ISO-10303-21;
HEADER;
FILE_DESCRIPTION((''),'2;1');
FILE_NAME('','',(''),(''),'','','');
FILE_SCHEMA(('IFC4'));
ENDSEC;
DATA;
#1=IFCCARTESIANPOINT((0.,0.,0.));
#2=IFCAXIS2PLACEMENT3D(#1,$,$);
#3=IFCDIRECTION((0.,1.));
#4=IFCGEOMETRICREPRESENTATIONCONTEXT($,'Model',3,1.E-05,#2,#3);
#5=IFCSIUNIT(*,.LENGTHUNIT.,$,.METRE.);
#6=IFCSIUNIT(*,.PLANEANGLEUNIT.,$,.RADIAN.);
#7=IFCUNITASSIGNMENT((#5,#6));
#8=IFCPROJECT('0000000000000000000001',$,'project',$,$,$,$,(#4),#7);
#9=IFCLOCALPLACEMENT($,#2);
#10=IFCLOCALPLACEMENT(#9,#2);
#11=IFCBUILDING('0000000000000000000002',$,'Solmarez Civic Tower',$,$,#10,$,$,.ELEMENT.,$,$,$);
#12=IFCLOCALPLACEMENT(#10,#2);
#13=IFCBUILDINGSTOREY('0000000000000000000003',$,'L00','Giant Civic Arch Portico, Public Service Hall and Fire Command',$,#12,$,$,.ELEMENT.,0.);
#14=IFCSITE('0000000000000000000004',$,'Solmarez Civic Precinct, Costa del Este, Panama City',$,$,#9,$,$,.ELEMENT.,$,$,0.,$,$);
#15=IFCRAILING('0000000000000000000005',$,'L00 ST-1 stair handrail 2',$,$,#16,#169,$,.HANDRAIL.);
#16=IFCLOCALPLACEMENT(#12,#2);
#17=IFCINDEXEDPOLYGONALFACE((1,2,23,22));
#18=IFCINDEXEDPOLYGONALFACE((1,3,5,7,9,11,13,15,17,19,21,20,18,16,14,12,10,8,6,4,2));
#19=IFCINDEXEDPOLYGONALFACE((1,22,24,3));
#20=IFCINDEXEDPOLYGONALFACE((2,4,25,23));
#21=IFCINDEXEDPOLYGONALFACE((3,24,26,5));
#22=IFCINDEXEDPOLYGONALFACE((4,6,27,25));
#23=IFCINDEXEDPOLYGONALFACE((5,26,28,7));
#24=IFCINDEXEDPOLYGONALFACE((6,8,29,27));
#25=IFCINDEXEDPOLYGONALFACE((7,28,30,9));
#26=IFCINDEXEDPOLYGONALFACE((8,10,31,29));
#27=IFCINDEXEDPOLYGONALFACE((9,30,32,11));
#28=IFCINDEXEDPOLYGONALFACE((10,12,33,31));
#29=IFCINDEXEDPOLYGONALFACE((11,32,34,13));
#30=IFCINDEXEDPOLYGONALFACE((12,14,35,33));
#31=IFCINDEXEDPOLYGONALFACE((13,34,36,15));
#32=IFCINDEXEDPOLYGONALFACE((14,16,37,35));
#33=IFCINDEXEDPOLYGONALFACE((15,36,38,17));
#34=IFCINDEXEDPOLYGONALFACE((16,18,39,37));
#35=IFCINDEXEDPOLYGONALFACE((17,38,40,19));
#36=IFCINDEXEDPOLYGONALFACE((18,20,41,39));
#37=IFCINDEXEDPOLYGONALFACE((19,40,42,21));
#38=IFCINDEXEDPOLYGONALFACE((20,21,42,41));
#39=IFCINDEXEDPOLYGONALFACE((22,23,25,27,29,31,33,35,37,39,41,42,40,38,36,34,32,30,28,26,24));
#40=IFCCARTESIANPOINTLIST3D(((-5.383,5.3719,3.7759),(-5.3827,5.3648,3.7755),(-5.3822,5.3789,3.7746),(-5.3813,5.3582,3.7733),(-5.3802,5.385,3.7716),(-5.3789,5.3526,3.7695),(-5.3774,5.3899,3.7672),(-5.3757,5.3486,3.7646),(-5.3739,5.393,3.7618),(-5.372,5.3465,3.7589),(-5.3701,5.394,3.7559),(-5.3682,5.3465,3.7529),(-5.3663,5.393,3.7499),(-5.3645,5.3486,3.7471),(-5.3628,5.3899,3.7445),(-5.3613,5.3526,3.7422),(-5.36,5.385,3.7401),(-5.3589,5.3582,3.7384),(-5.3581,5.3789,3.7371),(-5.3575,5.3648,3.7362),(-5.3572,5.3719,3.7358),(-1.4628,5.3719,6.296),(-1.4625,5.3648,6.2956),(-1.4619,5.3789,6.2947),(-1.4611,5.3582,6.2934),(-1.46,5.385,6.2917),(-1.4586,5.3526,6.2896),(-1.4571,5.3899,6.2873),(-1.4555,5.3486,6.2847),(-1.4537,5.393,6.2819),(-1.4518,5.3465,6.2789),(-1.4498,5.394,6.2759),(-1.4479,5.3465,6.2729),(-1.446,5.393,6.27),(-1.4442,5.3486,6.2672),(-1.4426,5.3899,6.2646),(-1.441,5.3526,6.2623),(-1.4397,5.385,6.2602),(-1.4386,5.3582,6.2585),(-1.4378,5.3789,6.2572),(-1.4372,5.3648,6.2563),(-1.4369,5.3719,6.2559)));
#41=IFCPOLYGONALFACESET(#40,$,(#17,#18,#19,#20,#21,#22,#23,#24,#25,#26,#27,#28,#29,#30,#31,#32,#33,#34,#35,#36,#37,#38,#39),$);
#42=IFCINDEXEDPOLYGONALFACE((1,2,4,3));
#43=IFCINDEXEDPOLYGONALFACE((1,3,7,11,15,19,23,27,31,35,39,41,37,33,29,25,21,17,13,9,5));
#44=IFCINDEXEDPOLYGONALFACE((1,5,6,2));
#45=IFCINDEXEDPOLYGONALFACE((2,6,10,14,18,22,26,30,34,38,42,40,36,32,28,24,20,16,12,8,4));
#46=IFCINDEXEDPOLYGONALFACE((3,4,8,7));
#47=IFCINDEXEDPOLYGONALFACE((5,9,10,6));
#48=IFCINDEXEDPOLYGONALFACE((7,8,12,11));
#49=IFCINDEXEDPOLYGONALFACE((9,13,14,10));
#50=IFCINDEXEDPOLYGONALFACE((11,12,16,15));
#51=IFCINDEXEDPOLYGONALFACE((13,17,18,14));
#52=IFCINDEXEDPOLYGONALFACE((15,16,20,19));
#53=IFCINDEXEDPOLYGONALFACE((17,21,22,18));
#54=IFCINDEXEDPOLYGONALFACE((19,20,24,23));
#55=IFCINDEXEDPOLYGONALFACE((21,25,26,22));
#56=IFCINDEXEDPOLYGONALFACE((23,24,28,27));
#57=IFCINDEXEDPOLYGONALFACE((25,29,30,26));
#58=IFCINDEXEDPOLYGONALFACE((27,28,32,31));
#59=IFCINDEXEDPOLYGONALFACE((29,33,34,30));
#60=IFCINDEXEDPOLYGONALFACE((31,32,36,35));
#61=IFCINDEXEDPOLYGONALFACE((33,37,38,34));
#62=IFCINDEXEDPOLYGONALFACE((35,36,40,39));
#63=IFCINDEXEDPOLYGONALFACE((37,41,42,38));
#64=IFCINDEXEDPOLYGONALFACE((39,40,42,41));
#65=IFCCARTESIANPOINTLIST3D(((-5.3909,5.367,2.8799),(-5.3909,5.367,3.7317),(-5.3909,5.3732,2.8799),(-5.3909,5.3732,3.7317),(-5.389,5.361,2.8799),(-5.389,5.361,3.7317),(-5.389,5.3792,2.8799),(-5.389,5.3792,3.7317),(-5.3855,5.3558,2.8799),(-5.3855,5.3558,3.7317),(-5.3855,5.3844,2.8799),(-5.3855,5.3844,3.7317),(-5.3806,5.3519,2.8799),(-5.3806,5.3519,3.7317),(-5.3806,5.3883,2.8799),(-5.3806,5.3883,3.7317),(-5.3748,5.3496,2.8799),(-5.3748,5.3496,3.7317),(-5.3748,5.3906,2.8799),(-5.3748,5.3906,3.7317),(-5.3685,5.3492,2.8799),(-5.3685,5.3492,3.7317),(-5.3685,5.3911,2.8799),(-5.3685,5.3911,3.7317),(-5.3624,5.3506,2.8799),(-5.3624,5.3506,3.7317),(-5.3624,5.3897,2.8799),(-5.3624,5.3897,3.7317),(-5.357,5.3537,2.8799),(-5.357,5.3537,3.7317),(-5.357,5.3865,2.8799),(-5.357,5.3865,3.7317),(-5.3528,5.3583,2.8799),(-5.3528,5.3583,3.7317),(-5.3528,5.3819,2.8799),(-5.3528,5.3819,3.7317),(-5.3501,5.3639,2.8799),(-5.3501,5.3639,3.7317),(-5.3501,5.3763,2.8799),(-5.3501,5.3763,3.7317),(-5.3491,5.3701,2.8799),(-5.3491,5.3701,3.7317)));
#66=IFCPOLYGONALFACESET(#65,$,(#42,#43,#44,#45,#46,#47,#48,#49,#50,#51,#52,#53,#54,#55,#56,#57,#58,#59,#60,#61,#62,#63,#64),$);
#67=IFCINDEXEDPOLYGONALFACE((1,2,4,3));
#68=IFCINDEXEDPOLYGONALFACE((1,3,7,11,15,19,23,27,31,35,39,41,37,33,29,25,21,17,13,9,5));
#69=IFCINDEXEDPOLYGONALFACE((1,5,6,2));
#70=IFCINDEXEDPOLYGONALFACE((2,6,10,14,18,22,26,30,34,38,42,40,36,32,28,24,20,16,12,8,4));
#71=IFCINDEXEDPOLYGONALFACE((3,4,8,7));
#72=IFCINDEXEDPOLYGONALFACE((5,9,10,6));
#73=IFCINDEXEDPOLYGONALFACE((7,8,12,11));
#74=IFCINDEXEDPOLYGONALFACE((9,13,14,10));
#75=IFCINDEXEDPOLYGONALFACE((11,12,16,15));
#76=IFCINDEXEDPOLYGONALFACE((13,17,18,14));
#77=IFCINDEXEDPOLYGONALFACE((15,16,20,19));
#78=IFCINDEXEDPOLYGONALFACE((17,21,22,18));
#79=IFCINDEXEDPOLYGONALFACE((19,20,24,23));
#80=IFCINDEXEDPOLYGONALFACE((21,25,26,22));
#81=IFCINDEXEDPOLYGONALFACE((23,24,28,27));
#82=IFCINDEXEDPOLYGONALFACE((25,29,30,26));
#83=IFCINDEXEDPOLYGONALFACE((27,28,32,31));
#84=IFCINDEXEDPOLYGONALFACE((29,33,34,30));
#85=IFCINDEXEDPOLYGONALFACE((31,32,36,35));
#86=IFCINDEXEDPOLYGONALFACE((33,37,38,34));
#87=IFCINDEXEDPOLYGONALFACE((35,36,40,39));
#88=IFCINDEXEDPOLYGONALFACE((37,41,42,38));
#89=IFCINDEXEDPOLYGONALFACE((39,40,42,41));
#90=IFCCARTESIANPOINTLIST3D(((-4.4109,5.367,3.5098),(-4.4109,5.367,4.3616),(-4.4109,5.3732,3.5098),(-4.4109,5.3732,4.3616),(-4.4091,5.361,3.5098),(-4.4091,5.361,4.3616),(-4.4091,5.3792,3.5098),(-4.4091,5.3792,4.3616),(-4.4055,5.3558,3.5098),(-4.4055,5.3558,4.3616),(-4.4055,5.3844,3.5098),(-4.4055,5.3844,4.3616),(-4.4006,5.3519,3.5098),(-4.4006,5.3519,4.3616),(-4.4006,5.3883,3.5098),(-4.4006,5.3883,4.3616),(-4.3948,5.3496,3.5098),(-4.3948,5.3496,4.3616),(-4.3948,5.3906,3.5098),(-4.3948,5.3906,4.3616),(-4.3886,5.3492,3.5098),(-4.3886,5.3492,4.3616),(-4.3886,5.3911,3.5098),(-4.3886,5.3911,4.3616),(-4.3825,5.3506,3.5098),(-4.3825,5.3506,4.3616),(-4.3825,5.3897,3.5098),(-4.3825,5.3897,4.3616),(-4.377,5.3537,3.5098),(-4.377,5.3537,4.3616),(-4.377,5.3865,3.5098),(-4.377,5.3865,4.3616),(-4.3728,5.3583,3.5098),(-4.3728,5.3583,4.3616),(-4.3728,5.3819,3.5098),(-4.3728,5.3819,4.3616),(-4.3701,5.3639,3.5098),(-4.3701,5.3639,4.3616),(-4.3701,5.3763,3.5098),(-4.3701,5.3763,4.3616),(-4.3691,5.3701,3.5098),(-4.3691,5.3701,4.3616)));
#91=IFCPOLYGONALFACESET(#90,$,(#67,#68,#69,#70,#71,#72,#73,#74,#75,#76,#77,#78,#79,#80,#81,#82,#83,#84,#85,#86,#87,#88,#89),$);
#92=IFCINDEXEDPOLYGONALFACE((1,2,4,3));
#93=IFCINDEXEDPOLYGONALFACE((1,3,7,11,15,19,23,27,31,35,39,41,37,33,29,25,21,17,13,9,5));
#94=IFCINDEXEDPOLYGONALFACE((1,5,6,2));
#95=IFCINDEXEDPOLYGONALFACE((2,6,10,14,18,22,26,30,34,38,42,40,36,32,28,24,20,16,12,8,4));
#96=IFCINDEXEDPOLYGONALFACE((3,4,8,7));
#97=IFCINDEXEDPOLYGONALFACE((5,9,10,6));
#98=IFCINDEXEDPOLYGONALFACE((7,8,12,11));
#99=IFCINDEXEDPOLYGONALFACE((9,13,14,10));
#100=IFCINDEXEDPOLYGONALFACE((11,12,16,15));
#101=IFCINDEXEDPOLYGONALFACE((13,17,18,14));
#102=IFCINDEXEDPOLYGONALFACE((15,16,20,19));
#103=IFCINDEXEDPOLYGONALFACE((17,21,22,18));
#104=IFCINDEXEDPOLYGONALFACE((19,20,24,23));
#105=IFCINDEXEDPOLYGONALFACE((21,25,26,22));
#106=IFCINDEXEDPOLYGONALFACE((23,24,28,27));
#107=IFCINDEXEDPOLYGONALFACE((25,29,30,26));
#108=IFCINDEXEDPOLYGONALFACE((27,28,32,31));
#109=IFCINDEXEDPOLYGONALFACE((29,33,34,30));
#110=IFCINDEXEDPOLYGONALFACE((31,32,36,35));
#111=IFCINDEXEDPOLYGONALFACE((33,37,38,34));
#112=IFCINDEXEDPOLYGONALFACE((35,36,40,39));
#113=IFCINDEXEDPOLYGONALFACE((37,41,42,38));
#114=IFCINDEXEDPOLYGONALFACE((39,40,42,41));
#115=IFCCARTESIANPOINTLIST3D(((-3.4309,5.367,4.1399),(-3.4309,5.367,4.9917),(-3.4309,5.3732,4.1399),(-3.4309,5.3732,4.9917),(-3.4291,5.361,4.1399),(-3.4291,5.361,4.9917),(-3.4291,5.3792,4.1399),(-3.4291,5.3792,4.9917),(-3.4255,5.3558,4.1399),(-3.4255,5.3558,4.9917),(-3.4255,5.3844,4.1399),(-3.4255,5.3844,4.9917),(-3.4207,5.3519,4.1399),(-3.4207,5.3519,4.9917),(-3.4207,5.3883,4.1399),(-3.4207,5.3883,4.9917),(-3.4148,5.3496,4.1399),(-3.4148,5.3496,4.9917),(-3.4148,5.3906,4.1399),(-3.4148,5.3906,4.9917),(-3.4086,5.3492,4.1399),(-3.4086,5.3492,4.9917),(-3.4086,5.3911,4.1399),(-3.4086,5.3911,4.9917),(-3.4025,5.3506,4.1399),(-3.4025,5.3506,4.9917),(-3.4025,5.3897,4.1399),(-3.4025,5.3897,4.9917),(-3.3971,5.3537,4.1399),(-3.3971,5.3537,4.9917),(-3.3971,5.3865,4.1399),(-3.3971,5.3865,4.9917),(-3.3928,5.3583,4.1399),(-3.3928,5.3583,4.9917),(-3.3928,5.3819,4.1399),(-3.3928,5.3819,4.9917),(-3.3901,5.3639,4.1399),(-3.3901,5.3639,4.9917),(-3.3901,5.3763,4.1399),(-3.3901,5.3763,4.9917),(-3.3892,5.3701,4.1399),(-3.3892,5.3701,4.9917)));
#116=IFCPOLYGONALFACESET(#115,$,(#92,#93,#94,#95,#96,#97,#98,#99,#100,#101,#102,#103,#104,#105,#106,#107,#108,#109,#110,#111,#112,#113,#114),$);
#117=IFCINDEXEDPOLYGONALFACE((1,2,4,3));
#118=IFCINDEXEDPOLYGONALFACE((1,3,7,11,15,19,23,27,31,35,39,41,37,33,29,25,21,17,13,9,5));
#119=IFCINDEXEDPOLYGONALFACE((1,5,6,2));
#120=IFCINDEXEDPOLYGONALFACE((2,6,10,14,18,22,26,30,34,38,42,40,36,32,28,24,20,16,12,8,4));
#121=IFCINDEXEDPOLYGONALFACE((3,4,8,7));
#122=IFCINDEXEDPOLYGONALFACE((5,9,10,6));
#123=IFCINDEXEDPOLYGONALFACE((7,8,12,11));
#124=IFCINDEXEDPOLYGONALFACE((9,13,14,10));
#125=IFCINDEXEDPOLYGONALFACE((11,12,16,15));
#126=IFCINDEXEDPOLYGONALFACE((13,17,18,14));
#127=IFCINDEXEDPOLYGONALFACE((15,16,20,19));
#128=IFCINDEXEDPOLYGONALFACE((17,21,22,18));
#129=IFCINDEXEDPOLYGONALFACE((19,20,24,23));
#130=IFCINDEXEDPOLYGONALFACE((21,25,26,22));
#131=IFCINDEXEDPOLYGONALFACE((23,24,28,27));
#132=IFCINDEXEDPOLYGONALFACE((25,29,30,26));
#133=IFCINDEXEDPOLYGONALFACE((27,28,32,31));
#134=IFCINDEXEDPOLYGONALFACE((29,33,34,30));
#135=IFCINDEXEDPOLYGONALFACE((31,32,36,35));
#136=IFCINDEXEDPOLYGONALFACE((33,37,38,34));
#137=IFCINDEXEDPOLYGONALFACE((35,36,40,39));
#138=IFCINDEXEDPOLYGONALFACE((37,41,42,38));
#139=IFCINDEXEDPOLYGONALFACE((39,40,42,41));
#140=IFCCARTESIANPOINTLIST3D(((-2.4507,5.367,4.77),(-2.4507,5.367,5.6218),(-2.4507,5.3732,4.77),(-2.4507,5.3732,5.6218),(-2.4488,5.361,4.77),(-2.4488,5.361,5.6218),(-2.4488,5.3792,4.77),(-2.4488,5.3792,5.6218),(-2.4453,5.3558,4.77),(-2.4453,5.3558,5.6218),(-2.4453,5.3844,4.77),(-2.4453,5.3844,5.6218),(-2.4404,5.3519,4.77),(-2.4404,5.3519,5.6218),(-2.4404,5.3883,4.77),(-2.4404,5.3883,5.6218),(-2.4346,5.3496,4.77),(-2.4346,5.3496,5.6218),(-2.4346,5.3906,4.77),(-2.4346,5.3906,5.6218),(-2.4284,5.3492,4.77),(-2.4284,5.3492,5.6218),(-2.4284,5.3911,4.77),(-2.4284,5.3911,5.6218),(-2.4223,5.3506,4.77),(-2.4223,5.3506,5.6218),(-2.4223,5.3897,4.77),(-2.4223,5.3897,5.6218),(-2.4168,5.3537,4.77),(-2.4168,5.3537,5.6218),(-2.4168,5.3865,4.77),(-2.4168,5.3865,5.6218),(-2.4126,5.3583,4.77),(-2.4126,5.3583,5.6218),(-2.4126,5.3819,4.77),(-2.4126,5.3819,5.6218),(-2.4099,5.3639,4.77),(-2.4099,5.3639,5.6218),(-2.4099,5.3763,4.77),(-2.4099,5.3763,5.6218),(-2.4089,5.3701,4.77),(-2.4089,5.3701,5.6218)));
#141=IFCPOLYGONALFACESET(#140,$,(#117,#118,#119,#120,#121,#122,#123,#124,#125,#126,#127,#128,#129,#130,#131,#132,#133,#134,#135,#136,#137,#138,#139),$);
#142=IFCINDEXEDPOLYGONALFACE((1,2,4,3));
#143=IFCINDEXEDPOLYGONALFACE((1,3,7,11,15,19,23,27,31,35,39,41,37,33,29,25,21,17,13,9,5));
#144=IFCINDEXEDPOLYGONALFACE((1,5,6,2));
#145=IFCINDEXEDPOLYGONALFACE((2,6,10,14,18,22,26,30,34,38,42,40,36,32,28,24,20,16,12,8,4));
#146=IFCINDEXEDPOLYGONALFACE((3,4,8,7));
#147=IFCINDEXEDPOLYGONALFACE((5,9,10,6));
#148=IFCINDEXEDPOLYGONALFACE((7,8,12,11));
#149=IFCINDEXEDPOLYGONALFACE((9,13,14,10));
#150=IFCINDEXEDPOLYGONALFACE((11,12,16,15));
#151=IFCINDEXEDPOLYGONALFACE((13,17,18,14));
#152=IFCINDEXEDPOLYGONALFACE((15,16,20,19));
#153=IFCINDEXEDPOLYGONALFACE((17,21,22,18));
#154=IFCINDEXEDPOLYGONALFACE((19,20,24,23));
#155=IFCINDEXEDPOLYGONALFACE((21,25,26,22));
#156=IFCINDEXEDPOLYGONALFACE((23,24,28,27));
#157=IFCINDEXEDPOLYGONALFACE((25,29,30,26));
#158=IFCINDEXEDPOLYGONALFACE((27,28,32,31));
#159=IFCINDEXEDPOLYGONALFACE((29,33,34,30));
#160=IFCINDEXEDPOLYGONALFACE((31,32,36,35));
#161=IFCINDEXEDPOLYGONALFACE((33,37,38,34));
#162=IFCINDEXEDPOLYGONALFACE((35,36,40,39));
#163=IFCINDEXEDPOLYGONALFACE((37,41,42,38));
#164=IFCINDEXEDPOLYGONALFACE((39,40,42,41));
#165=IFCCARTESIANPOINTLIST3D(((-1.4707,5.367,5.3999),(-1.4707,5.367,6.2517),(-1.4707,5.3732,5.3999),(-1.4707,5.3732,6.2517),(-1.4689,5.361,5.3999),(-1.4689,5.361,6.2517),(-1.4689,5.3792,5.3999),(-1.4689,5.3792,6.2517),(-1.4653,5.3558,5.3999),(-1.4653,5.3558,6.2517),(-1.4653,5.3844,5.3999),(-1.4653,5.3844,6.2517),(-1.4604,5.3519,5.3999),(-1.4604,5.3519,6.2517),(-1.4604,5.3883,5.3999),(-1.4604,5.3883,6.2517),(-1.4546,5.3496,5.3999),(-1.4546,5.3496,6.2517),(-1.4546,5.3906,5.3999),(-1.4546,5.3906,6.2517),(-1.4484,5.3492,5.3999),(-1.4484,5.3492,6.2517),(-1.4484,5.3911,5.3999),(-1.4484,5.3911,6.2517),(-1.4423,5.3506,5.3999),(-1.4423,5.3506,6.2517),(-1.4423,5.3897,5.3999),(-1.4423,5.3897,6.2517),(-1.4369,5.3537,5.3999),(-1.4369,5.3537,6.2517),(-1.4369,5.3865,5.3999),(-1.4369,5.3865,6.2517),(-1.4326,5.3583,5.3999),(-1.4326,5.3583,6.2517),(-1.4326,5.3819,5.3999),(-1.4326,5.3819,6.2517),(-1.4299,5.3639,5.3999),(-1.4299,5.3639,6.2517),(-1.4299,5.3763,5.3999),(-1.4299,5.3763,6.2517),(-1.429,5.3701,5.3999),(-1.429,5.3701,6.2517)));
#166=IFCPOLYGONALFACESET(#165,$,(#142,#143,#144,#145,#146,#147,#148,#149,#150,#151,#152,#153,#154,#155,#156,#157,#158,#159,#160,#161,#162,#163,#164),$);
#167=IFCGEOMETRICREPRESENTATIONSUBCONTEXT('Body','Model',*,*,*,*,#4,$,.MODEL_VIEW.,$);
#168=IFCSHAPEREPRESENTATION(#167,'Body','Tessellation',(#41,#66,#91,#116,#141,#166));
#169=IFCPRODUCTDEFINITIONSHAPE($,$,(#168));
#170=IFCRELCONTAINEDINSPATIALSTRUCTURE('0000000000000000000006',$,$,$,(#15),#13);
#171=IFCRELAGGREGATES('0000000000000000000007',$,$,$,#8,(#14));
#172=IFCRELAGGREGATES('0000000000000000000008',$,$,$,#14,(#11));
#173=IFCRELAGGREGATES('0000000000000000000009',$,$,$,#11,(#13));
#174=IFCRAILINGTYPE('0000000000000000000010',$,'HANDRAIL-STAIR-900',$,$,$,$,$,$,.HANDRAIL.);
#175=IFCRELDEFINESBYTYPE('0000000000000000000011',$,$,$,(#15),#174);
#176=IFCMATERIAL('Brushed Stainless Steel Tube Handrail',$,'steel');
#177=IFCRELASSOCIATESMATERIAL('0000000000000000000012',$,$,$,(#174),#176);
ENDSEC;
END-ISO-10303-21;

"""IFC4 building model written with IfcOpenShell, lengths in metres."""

from ifc_helpers import new_model, si_unit, direction, frame, origin, origin_2d, place, context, subcontext, project, spatial, circle, extrude, material, type_object, element, save


model = new_model("IFC4")

# Units and contexts
model_context = context("Model", 3, precision=1e-05, world=origin(), true_north=direction((0.0, 1.0)))
body_context = subcontext(model_context, "Body", "Model", "MODEL_VIEW")
ifc_project = project(units=[si_unit("LENGTHUNIT", "METRE"), si_unit("PLANEANGLEUNIT", "RADIAN")], contexts=[model_context])

# Site, building, storey
site_placement = place(None, origin())
site = spatial("IfcSite", under=ifc_project, at=site_placement, Name="Solmarez Civic Precinct, Costa del Este, Panama City", CompositionType="ELEMENT", RefElevation=0.0)
building_placement = place(site_placement, origin())
building = spatial("IfcBuilding", under=site, at=building_placement, Name="Solmarez Civic Tower", CompositionType="ELEMENT")
storey_placement = place(building_placement, origin())
storey = spatial("IfcBuildingStorey", under=building, at=storey_placement, Name="L00", Description="Giant Civic Arch Portico, Public Service Hall and Fire Command", CompositionType="ELEMENT", Elevation=0.0)

# Railing
ifc_material_1 = material(Name="Brushed Stainless Steel Tube Handrail", Category="steel")
railing_type_1 = type_object("IfcRailingType", Name="HANDRAIL-STAIR-900", PredefinedType="HANDRAIL", material=ifc_material_1)
railing_1_placement = place(storey_placement, frame((-5.3701, 5.3701, 2.8799)))
element("IfcRailing", 1, at=railing_1_placement, inside=storey, type_object=railing_type_1, Name="L00 ST-1 stair handrail 2", PredefinedType="HANDRAIL", context=body_context, shape_type="SweptSolid", body=[
    extrude(circle(Radius=0.0239, at=origin_2d()), frame((0.0, 0.0, 0.876), z_axis=(0.841187, 0.0, 0.540744), x_axis=(0.0, 1.0, 0.0)), (0.0, 0.0, 1.0), 4.6604),
    extrude(circle(Radius=0.021, at=origin_2d()), origin(), (0.0, 0.0, 1.0), 0.8518),
    extrude(circle(Radius=0.021, at=origin_2d()), frame((0.98, 0.0, 0.6299)), (0.0, 0.0, 1.0), 0.8518),
    extrude(circle(Radius=0.021, at=origin_2d()), frame((1.96, 0.0, 1.26)), (0.0, 0.0, 1.0), 0.8518),
    extrude(circle(Radius=0.021, at=origin_2d()), frame((2.9402, 0.0, 1.8901)), (0.0, 0.0, 1.0), 0.8518),
    extrude(circle(Radius=0.021, at=origin_2d()), frame((3.9202, 0.0, 2.52)), (0.0, 0.0, 1.0), 0.8518),
])

save(model, "model.ifc")
